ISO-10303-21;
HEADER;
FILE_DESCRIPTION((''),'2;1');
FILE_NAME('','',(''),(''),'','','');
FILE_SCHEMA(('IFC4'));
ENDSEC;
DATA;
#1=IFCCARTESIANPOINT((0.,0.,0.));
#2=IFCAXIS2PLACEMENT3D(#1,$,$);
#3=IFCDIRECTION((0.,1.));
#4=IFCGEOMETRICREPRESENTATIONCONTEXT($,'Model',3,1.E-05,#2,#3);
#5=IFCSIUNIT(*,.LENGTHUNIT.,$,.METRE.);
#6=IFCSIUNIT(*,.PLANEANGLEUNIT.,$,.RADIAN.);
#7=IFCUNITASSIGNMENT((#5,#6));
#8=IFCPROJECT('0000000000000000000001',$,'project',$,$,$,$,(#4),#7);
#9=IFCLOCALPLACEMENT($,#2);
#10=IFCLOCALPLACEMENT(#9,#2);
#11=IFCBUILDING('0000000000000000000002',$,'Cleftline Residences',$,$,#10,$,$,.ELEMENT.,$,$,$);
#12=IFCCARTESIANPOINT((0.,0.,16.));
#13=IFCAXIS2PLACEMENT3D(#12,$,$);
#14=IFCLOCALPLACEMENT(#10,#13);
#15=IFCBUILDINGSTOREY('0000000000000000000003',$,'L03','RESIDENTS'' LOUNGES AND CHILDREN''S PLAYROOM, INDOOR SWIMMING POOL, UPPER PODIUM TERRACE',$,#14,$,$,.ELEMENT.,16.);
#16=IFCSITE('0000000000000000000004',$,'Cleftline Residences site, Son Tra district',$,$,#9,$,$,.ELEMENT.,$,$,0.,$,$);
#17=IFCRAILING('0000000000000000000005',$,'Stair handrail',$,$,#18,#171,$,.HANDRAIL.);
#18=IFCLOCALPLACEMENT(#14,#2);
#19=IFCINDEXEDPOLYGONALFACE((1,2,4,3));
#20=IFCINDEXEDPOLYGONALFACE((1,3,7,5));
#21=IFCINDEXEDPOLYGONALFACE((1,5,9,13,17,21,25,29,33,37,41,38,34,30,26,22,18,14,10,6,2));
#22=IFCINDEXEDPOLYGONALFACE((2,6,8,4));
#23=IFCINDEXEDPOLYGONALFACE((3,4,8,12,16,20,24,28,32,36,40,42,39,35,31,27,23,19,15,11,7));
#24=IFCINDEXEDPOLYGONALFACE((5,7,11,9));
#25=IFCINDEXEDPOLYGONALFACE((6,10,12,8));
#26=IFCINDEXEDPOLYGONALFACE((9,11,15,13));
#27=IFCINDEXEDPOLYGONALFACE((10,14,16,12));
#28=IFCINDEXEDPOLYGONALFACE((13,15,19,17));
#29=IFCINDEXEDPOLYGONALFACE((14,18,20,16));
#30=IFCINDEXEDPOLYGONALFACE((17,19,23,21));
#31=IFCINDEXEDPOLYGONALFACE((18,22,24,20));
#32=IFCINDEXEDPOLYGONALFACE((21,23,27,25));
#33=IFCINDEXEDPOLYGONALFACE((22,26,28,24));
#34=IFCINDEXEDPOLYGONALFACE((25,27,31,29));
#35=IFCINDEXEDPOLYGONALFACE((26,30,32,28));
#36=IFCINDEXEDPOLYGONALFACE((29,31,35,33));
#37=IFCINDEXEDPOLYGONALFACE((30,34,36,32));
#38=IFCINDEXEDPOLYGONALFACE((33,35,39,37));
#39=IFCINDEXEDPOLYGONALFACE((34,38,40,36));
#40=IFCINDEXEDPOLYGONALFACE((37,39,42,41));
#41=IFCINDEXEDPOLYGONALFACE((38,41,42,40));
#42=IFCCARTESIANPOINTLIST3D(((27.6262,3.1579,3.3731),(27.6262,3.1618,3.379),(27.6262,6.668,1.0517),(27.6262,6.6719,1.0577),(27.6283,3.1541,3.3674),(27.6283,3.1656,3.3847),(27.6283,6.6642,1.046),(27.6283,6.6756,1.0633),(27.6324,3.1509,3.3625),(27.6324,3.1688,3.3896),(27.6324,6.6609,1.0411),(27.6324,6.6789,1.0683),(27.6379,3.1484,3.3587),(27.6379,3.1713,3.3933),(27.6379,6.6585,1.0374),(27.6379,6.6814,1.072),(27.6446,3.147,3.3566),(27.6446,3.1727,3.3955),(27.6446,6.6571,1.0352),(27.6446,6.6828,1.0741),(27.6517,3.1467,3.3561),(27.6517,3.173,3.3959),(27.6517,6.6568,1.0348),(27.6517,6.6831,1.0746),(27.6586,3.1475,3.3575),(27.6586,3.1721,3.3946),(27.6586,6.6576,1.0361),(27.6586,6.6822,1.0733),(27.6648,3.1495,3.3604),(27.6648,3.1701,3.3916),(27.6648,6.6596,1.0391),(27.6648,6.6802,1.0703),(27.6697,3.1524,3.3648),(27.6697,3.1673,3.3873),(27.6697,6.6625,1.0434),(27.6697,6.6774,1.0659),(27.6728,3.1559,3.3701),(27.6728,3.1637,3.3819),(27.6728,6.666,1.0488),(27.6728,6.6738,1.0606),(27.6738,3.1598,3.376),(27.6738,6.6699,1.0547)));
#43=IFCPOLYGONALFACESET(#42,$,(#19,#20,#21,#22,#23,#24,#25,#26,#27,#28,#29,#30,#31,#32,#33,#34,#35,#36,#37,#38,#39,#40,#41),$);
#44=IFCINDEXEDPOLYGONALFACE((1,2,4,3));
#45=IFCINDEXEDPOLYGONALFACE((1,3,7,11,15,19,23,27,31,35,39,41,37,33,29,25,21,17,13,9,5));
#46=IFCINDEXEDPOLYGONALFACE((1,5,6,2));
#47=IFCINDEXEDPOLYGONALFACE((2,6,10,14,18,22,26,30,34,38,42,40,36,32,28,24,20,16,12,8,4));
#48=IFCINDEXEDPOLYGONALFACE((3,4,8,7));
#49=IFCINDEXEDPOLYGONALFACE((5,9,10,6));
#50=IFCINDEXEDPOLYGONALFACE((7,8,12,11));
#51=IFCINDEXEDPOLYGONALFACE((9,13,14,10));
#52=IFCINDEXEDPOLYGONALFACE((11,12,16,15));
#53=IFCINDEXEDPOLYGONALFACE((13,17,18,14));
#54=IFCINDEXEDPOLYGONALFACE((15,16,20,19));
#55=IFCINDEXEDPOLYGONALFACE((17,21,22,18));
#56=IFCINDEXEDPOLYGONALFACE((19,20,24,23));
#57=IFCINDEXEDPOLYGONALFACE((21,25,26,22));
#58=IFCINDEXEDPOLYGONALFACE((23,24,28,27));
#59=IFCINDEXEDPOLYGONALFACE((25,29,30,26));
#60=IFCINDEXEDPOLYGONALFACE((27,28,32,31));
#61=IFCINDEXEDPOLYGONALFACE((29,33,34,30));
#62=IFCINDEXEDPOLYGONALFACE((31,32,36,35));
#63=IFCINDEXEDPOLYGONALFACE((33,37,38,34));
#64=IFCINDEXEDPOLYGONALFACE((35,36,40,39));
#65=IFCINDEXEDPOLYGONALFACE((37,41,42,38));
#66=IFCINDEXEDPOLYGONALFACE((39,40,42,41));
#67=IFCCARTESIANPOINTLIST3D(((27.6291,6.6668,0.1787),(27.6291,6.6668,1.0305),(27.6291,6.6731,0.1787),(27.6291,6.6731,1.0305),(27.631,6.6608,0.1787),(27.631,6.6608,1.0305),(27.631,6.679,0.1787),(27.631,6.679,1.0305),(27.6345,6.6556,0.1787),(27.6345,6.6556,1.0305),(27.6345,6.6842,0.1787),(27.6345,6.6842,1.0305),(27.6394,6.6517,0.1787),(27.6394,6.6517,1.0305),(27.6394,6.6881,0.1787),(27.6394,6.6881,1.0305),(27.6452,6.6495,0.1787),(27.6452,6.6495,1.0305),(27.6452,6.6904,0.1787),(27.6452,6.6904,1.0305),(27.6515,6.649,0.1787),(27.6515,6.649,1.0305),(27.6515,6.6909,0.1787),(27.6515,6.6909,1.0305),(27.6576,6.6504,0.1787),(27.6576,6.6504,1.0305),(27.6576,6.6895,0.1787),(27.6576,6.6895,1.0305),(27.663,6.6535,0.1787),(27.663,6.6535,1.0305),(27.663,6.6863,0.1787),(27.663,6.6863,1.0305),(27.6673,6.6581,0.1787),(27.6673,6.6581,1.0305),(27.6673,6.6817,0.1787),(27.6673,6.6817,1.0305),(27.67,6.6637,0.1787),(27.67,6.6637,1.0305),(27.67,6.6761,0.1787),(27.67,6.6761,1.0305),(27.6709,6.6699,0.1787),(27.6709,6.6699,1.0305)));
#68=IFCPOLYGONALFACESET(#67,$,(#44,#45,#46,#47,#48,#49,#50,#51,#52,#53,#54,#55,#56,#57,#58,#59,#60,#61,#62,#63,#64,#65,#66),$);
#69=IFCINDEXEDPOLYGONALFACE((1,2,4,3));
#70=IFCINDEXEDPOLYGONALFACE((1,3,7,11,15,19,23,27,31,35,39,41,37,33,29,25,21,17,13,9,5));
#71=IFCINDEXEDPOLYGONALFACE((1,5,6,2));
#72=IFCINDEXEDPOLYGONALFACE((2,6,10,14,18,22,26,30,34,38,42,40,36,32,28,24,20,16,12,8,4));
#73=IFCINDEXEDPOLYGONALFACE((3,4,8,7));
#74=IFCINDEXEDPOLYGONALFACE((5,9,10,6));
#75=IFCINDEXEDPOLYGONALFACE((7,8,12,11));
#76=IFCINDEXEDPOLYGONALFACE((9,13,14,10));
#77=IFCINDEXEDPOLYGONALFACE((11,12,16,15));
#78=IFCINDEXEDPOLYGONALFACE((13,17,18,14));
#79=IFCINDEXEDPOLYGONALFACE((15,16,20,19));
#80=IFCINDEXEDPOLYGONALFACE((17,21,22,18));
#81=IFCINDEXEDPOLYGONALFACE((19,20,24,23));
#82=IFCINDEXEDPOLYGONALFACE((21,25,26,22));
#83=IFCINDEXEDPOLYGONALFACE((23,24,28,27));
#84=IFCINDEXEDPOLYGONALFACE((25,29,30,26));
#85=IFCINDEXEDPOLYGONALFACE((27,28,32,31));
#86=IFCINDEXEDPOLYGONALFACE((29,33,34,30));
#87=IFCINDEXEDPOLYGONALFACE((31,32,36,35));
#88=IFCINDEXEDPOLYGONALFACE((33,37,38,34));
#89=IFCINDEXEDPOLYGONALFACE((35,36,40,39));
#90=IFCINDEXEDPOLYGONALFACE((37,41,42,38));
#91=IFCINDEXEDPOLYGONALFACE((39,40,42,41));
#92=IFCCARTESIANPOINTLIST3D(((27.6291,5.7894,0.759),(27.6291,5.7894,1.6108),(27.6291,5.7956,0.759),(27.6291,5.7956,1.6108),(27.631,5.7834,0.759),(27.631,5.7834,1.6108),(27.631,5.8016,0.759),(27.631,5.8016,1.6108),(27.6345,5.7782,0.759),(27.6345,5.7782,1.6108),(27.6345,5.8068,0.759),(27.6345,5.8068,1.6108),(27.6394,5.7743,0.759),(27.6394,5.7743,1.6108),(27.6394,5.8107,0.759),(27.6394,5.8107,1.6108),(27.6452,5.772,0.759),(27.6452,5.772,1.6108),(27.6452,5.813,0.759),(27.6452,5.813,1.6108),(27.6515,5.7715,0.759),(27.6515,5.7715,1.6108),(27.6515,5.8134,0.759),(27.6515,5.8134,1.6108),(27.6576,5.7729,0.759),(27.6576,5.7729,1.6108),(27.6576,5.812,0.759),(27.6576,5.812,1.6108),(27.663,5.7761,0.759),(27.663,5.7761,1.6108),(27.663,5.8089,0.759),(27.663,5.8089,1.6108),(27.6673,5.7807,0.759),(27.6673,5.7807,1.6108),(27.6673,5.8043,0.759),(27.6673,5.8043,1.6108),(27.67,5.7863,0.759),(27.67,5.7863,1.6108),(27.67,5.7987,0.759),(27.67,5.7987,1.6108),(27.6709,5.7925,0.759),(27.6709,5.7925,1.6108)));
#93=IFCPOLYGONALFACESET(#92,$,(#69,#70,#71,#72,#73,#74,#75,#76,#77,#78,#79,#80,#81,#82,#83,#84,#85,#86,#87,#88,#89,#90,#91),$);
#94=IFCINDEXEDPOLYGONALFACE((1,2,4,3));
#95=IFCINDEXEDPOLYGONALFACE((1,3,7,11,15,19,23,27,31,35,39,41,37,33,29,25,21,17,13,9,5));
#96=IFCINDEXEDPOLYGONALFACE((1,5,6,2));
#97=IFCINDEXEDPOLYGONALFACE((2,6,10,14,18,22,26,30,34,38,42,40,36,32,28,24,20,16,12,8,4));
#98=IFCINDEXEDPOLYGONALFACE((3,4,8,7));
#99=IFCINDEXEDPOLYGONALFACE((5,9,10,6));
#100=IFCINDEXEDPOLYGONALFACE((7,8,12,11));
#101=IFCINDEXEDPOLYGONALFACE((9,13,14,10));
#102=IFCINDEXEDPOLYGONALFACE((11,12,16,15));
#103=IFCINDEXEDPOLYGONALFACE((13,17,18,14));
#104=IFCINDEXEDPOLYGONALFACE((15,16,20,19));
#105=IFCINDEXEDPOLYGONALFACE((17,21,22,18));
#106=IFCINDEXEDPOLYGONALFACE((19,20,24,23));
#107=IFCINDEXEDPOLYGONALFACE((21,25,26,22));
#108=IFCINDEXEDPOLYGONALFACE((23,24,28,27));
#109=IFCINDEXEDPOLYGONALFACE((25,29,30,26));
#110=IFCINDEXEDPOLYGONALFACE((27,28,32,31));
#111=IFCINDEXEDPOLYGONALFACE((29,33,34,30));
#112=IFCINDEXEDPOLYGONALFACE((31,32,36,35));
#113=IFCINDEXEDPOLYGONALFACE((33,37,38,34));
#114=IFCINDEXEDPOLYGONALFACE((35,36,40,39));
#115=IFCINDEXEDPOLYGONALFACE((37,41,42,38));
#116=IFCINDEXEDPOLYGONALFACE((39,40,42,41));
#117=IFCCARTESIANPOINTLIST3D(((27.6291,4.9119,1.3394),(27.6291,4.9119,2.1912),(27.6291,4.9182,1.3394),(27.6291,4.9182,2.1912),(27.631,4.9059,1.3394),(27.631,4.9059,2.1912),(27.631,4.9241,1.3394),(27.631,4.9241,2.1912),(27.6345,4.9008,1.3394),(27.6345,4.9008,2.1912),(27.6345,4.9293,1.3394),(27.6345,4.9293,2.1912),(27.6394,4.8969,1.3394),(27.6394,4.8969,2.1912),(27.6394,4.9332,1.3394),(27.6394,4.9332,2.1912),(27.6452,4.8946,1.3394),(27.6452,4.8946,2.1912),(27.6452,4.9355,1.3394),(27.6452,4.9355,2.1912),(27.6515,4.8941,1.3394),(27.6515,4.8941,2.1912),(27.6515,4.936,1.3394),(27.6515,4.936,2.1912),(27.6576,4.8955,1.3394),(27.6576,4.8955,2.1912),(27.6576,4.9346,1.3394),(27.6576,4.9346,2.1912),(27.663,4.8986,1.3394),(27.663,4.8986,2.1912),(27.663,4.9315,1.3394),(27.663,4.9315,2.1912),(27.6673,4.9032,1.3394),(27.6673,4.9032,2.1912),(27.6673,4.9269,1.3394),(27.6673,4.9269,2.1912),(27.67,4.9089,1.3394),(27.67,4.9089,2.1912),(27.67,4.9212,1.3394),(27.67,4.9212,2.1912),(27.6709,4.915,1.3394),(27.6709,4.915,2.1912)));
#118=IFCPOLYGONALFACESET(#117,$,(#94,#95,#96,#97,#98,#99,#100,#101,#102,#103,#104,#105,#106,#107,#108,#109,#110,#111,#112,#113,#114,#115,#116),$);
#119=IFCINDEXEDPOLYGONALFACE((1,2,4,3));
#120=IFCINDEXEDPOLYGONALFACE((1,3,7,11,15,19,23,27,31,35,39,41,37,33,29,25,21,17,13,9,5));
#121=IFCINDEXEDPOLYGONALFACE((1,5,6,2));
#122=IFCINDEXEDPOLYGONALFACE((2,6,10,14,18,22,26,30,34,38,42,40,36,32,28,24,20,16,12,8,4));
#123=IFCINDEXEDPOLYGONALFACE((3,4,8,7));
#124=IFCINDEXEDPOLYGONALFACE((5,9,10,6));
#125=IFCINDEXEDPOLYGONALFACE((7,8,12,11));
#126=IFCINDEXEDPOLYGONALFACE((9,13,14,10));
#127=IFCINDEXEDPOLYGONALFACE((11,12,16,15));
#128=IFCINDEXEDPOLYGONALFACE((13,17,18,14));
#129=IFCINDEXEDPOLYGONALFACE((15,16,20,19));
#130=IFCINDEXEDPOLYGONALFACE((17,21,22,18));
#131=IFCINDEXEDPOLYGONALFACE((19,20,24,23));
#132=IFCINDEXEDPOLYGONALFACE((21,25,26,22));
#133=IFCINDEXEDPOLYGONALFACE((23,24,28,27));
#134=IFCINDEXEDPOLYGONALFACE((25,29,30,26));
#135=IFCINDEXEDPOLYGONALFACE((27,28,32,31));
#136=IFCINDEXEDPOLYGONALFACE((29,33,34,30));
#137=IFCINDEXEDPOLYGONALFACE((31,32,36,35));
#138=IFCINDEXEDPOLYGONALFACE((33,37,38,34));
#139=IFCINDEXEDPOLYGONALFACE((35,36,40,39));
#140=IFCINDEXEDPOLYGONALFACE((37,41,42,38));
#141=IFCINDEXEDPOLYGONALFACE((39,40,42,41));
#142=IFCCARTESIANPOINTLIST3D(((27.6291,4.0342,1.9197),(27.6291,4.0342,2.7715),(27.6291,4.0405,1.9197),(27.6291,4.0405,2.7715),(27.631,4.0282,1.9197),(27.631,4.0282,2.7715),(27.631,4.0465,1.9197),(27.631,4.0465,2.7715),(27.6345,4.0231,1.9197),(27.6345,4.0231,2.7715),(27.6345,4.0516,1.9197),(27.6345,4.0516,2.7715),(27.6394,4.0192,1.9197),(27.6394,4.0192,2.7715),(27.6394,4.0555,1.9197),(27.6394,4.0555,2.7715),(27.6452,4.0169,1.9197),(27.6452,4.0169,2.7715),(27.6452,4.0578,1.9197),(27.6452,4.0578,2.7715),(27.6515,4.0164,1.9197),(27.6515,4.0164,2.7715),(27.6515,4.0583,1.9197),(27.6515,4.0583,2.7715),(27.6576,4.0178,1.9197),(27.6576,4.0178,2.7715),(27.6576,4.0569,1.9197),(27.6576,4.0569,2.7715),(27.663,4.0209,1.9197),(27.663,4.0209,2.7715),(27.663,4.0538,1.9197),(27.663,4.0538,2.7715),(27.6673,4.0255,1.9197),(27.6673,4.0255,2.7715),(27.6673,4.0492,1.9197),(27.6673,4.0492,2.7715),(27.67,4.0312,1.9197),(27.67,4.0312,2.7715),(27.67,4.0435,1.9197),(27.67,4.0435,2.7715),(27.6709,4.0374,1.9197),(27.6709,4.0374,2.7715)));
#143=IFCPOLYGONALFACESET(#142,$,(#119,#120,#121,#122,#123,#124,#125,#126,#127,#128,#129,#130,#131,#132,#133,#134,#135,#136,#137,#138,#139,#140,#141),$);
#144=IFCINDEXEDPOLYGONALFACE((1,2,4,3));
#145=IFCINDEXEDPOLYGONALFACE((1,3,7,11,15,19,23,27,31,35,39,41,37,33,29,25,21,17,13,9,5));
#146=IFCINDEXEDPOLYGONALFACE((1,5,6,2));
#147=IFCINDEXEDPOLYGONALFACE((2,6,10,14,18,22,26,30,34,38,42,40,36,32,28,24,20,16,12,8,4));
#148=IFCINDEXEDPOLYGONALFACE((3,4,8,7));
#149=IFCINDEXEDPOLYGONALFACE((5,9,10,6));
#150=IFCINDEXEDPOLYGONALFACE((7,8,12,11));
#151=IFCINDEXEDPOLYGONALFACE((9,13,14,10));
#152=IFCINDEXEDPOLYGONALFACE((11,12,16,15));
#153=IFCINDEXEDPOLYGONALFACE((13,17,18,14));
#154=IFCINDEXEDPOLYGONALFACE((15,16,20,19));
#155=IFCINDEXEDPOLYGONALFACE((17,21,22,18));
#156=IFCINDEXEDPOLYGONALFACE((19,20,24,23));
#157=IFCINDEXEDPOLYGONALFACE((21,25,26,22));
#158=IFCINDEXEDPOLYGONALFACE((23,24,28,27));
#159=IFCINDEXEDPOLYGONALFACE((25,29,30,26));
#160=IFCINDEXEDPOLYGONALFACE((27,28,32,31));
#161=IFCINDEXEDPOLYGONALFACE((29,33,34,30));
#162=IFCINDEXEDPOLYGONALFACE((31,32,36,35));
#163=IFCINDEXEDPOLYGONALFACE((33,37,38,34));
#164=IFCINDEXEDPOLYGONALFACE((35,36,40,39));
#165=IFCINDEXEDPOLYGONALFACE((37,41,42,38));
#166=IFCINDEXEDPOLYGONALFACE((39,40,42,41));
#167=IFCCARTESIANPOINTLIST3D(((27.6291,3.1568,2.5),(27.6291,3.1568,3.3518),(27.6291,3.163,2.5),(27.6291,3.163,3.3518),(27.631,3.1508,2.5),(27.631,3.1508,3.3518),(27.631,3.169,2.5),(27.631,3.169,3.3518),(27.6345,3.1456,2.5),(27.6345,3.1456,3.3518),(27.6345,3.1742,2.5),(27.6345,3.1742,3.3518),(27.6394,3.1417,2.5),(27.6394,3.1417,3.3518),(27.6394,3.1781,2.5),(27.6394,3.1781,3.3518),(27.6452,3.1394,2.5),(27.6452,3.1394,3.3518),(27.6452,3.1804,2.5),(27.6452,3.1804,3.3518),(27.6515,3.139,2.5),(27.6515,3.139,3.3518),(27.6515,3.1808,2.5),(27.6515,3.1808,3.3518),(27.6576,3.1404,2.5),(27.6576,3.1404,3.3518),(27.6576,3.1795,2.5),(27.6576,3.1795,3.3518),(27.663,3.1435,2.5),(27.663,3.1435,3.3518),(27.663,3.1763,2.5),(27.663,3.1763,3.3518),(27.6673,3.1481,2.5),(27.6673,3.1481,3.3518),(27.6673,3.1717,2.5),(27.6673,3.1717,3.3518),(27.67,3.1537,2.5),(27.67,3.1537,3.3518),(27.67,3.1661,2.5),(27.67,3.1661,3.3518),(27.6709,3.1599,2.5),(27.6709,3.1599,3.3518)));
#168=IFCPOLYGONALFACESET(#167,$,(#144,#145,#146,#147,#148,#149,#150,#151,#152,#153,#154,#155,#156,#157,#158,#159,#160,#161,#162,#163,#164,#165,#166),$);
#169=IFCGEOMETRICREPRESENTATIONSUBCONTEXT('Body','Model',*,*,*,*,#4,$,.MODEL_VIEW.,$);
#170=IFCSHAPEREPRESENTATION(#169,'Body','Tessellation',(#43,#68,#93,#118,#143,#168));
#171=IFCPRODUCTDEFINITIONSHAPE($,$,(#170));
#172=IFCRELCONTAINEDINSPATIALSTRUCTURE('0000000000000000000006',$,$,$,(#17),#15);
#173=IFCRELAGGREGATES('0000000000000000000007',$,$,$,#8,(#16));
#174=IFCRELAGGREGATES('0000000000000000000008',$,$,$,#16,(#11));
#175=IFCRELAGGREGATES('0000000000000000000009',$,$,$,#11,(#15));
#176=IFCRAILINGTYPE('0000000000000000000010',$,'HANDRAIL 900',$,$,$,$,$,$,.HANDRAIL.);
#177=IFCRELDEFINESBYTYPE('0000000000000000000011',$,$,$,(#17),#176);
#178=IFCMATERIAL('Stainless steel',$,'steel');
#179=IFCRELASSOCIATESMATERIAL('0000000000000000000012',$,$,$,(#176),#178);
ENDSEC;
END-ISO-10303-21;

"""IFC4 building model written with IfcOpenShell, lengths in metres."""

from ifc_helpers import new_model, si_unit, direction, frame, origin, origin_2d, place, context, subcontext, project, spatial, circle, extrude, material, type_object, element, save


model = new_model("IFC4")

# Units and contexts
model_context = context("Model", 3, precision=1e-05, world=origin(), true_north=direction((0.0, 1.0)))
body_context = subcontext(model_context, "Body", "Model", "MODEL_VIEW")
ifc_project = project(units=[si_unit("LENGTHUNIT", "METRE"), si_unit("PLANEANGLEUNIT", "RADIAN")], contexts=[model_context])

# Site, building, storey
site_placement = place(None, origin())
site = spatial("IfcSite", under=ifc_project, at=site_placement, Name="Cleftline Residences site, Son Tra district", CompositionType="ELEMENT", RefElevation=0.0)
building_placement = place(site_placement, origin())
building = spatial("IfcBuilding", under=site, at=building_placement, Name="Cleftline Residences", CompositionType="ELEMENT")
storey_placement = place(building_placement, frame((0.0, 0.0, 16.0)))
storey = spatial("IfcBuildingStorey", under=building, at=storey_placement, Name="L03", Description="RESIDENTS' LOUNGES AND CHILDREN'S PLAYROOM, INDOOR SWIMMING POOL, UPPER PODIUM TERRACE", CompositionType="ELEMENT", Elevation=16.0)

# Railing
ifc_material_1 = material(Name="Stainless steel", Category="steel")
railing_type = type_object("IfcRailingType", Name="HANDRAIL 900", PredefinedType="HANDRAIL", material=ifc_material_1)
railing_1_placement = place(storey_placement, frame((27.6499, 6.6699, 0.1787)))
element("IfcRailing", 1, at=railing_1_placement, inside=storey, type_object=railing_type, Name="Stair handrail", PredefinedType="HANDRAIL", context=body_context, shape_type="SweptSolid", body=[
    extrude(circle(Radius=0.0239, at=origin_2d()), frame((0.0, 0.0, 0.876), z_axis=(0.0, -0.834097, 0.551617), x_axis=(1.0, 0.0, 0.0)), (0.0, 0.0, 1.0), 4.2083),
    extrude(circle(Radius=0.021, at=origin_2d()), origin(), (0.0, 0.0, 1.0), 0.8518),
    extrude(circle(Radius=0.021, at=origin_2d()), frame((0.0, -0.8774, 0.5803)), (0.0, 0.0, 1.0), 0.8518),
    extrude(circle(Radius=0.021, at=origin_2d()), frame((0.0, -1.7549, 1.1606)), (0.0, 0.0, 1.0), 0.8518),
    extrude(circle(Radius=0.021, at=origin_2d()), frame((0.0, -2.6326, 1.741)), (0.0, 0.0, 1.0), 0.8518),
    extrude(circle(Radius=0.021, at=origin_2d()), frame((0.0, -3.51, 2.3213)), (0.0, 0.0, 1.0), 0.8518),
])

save(model, "model.ifc")
